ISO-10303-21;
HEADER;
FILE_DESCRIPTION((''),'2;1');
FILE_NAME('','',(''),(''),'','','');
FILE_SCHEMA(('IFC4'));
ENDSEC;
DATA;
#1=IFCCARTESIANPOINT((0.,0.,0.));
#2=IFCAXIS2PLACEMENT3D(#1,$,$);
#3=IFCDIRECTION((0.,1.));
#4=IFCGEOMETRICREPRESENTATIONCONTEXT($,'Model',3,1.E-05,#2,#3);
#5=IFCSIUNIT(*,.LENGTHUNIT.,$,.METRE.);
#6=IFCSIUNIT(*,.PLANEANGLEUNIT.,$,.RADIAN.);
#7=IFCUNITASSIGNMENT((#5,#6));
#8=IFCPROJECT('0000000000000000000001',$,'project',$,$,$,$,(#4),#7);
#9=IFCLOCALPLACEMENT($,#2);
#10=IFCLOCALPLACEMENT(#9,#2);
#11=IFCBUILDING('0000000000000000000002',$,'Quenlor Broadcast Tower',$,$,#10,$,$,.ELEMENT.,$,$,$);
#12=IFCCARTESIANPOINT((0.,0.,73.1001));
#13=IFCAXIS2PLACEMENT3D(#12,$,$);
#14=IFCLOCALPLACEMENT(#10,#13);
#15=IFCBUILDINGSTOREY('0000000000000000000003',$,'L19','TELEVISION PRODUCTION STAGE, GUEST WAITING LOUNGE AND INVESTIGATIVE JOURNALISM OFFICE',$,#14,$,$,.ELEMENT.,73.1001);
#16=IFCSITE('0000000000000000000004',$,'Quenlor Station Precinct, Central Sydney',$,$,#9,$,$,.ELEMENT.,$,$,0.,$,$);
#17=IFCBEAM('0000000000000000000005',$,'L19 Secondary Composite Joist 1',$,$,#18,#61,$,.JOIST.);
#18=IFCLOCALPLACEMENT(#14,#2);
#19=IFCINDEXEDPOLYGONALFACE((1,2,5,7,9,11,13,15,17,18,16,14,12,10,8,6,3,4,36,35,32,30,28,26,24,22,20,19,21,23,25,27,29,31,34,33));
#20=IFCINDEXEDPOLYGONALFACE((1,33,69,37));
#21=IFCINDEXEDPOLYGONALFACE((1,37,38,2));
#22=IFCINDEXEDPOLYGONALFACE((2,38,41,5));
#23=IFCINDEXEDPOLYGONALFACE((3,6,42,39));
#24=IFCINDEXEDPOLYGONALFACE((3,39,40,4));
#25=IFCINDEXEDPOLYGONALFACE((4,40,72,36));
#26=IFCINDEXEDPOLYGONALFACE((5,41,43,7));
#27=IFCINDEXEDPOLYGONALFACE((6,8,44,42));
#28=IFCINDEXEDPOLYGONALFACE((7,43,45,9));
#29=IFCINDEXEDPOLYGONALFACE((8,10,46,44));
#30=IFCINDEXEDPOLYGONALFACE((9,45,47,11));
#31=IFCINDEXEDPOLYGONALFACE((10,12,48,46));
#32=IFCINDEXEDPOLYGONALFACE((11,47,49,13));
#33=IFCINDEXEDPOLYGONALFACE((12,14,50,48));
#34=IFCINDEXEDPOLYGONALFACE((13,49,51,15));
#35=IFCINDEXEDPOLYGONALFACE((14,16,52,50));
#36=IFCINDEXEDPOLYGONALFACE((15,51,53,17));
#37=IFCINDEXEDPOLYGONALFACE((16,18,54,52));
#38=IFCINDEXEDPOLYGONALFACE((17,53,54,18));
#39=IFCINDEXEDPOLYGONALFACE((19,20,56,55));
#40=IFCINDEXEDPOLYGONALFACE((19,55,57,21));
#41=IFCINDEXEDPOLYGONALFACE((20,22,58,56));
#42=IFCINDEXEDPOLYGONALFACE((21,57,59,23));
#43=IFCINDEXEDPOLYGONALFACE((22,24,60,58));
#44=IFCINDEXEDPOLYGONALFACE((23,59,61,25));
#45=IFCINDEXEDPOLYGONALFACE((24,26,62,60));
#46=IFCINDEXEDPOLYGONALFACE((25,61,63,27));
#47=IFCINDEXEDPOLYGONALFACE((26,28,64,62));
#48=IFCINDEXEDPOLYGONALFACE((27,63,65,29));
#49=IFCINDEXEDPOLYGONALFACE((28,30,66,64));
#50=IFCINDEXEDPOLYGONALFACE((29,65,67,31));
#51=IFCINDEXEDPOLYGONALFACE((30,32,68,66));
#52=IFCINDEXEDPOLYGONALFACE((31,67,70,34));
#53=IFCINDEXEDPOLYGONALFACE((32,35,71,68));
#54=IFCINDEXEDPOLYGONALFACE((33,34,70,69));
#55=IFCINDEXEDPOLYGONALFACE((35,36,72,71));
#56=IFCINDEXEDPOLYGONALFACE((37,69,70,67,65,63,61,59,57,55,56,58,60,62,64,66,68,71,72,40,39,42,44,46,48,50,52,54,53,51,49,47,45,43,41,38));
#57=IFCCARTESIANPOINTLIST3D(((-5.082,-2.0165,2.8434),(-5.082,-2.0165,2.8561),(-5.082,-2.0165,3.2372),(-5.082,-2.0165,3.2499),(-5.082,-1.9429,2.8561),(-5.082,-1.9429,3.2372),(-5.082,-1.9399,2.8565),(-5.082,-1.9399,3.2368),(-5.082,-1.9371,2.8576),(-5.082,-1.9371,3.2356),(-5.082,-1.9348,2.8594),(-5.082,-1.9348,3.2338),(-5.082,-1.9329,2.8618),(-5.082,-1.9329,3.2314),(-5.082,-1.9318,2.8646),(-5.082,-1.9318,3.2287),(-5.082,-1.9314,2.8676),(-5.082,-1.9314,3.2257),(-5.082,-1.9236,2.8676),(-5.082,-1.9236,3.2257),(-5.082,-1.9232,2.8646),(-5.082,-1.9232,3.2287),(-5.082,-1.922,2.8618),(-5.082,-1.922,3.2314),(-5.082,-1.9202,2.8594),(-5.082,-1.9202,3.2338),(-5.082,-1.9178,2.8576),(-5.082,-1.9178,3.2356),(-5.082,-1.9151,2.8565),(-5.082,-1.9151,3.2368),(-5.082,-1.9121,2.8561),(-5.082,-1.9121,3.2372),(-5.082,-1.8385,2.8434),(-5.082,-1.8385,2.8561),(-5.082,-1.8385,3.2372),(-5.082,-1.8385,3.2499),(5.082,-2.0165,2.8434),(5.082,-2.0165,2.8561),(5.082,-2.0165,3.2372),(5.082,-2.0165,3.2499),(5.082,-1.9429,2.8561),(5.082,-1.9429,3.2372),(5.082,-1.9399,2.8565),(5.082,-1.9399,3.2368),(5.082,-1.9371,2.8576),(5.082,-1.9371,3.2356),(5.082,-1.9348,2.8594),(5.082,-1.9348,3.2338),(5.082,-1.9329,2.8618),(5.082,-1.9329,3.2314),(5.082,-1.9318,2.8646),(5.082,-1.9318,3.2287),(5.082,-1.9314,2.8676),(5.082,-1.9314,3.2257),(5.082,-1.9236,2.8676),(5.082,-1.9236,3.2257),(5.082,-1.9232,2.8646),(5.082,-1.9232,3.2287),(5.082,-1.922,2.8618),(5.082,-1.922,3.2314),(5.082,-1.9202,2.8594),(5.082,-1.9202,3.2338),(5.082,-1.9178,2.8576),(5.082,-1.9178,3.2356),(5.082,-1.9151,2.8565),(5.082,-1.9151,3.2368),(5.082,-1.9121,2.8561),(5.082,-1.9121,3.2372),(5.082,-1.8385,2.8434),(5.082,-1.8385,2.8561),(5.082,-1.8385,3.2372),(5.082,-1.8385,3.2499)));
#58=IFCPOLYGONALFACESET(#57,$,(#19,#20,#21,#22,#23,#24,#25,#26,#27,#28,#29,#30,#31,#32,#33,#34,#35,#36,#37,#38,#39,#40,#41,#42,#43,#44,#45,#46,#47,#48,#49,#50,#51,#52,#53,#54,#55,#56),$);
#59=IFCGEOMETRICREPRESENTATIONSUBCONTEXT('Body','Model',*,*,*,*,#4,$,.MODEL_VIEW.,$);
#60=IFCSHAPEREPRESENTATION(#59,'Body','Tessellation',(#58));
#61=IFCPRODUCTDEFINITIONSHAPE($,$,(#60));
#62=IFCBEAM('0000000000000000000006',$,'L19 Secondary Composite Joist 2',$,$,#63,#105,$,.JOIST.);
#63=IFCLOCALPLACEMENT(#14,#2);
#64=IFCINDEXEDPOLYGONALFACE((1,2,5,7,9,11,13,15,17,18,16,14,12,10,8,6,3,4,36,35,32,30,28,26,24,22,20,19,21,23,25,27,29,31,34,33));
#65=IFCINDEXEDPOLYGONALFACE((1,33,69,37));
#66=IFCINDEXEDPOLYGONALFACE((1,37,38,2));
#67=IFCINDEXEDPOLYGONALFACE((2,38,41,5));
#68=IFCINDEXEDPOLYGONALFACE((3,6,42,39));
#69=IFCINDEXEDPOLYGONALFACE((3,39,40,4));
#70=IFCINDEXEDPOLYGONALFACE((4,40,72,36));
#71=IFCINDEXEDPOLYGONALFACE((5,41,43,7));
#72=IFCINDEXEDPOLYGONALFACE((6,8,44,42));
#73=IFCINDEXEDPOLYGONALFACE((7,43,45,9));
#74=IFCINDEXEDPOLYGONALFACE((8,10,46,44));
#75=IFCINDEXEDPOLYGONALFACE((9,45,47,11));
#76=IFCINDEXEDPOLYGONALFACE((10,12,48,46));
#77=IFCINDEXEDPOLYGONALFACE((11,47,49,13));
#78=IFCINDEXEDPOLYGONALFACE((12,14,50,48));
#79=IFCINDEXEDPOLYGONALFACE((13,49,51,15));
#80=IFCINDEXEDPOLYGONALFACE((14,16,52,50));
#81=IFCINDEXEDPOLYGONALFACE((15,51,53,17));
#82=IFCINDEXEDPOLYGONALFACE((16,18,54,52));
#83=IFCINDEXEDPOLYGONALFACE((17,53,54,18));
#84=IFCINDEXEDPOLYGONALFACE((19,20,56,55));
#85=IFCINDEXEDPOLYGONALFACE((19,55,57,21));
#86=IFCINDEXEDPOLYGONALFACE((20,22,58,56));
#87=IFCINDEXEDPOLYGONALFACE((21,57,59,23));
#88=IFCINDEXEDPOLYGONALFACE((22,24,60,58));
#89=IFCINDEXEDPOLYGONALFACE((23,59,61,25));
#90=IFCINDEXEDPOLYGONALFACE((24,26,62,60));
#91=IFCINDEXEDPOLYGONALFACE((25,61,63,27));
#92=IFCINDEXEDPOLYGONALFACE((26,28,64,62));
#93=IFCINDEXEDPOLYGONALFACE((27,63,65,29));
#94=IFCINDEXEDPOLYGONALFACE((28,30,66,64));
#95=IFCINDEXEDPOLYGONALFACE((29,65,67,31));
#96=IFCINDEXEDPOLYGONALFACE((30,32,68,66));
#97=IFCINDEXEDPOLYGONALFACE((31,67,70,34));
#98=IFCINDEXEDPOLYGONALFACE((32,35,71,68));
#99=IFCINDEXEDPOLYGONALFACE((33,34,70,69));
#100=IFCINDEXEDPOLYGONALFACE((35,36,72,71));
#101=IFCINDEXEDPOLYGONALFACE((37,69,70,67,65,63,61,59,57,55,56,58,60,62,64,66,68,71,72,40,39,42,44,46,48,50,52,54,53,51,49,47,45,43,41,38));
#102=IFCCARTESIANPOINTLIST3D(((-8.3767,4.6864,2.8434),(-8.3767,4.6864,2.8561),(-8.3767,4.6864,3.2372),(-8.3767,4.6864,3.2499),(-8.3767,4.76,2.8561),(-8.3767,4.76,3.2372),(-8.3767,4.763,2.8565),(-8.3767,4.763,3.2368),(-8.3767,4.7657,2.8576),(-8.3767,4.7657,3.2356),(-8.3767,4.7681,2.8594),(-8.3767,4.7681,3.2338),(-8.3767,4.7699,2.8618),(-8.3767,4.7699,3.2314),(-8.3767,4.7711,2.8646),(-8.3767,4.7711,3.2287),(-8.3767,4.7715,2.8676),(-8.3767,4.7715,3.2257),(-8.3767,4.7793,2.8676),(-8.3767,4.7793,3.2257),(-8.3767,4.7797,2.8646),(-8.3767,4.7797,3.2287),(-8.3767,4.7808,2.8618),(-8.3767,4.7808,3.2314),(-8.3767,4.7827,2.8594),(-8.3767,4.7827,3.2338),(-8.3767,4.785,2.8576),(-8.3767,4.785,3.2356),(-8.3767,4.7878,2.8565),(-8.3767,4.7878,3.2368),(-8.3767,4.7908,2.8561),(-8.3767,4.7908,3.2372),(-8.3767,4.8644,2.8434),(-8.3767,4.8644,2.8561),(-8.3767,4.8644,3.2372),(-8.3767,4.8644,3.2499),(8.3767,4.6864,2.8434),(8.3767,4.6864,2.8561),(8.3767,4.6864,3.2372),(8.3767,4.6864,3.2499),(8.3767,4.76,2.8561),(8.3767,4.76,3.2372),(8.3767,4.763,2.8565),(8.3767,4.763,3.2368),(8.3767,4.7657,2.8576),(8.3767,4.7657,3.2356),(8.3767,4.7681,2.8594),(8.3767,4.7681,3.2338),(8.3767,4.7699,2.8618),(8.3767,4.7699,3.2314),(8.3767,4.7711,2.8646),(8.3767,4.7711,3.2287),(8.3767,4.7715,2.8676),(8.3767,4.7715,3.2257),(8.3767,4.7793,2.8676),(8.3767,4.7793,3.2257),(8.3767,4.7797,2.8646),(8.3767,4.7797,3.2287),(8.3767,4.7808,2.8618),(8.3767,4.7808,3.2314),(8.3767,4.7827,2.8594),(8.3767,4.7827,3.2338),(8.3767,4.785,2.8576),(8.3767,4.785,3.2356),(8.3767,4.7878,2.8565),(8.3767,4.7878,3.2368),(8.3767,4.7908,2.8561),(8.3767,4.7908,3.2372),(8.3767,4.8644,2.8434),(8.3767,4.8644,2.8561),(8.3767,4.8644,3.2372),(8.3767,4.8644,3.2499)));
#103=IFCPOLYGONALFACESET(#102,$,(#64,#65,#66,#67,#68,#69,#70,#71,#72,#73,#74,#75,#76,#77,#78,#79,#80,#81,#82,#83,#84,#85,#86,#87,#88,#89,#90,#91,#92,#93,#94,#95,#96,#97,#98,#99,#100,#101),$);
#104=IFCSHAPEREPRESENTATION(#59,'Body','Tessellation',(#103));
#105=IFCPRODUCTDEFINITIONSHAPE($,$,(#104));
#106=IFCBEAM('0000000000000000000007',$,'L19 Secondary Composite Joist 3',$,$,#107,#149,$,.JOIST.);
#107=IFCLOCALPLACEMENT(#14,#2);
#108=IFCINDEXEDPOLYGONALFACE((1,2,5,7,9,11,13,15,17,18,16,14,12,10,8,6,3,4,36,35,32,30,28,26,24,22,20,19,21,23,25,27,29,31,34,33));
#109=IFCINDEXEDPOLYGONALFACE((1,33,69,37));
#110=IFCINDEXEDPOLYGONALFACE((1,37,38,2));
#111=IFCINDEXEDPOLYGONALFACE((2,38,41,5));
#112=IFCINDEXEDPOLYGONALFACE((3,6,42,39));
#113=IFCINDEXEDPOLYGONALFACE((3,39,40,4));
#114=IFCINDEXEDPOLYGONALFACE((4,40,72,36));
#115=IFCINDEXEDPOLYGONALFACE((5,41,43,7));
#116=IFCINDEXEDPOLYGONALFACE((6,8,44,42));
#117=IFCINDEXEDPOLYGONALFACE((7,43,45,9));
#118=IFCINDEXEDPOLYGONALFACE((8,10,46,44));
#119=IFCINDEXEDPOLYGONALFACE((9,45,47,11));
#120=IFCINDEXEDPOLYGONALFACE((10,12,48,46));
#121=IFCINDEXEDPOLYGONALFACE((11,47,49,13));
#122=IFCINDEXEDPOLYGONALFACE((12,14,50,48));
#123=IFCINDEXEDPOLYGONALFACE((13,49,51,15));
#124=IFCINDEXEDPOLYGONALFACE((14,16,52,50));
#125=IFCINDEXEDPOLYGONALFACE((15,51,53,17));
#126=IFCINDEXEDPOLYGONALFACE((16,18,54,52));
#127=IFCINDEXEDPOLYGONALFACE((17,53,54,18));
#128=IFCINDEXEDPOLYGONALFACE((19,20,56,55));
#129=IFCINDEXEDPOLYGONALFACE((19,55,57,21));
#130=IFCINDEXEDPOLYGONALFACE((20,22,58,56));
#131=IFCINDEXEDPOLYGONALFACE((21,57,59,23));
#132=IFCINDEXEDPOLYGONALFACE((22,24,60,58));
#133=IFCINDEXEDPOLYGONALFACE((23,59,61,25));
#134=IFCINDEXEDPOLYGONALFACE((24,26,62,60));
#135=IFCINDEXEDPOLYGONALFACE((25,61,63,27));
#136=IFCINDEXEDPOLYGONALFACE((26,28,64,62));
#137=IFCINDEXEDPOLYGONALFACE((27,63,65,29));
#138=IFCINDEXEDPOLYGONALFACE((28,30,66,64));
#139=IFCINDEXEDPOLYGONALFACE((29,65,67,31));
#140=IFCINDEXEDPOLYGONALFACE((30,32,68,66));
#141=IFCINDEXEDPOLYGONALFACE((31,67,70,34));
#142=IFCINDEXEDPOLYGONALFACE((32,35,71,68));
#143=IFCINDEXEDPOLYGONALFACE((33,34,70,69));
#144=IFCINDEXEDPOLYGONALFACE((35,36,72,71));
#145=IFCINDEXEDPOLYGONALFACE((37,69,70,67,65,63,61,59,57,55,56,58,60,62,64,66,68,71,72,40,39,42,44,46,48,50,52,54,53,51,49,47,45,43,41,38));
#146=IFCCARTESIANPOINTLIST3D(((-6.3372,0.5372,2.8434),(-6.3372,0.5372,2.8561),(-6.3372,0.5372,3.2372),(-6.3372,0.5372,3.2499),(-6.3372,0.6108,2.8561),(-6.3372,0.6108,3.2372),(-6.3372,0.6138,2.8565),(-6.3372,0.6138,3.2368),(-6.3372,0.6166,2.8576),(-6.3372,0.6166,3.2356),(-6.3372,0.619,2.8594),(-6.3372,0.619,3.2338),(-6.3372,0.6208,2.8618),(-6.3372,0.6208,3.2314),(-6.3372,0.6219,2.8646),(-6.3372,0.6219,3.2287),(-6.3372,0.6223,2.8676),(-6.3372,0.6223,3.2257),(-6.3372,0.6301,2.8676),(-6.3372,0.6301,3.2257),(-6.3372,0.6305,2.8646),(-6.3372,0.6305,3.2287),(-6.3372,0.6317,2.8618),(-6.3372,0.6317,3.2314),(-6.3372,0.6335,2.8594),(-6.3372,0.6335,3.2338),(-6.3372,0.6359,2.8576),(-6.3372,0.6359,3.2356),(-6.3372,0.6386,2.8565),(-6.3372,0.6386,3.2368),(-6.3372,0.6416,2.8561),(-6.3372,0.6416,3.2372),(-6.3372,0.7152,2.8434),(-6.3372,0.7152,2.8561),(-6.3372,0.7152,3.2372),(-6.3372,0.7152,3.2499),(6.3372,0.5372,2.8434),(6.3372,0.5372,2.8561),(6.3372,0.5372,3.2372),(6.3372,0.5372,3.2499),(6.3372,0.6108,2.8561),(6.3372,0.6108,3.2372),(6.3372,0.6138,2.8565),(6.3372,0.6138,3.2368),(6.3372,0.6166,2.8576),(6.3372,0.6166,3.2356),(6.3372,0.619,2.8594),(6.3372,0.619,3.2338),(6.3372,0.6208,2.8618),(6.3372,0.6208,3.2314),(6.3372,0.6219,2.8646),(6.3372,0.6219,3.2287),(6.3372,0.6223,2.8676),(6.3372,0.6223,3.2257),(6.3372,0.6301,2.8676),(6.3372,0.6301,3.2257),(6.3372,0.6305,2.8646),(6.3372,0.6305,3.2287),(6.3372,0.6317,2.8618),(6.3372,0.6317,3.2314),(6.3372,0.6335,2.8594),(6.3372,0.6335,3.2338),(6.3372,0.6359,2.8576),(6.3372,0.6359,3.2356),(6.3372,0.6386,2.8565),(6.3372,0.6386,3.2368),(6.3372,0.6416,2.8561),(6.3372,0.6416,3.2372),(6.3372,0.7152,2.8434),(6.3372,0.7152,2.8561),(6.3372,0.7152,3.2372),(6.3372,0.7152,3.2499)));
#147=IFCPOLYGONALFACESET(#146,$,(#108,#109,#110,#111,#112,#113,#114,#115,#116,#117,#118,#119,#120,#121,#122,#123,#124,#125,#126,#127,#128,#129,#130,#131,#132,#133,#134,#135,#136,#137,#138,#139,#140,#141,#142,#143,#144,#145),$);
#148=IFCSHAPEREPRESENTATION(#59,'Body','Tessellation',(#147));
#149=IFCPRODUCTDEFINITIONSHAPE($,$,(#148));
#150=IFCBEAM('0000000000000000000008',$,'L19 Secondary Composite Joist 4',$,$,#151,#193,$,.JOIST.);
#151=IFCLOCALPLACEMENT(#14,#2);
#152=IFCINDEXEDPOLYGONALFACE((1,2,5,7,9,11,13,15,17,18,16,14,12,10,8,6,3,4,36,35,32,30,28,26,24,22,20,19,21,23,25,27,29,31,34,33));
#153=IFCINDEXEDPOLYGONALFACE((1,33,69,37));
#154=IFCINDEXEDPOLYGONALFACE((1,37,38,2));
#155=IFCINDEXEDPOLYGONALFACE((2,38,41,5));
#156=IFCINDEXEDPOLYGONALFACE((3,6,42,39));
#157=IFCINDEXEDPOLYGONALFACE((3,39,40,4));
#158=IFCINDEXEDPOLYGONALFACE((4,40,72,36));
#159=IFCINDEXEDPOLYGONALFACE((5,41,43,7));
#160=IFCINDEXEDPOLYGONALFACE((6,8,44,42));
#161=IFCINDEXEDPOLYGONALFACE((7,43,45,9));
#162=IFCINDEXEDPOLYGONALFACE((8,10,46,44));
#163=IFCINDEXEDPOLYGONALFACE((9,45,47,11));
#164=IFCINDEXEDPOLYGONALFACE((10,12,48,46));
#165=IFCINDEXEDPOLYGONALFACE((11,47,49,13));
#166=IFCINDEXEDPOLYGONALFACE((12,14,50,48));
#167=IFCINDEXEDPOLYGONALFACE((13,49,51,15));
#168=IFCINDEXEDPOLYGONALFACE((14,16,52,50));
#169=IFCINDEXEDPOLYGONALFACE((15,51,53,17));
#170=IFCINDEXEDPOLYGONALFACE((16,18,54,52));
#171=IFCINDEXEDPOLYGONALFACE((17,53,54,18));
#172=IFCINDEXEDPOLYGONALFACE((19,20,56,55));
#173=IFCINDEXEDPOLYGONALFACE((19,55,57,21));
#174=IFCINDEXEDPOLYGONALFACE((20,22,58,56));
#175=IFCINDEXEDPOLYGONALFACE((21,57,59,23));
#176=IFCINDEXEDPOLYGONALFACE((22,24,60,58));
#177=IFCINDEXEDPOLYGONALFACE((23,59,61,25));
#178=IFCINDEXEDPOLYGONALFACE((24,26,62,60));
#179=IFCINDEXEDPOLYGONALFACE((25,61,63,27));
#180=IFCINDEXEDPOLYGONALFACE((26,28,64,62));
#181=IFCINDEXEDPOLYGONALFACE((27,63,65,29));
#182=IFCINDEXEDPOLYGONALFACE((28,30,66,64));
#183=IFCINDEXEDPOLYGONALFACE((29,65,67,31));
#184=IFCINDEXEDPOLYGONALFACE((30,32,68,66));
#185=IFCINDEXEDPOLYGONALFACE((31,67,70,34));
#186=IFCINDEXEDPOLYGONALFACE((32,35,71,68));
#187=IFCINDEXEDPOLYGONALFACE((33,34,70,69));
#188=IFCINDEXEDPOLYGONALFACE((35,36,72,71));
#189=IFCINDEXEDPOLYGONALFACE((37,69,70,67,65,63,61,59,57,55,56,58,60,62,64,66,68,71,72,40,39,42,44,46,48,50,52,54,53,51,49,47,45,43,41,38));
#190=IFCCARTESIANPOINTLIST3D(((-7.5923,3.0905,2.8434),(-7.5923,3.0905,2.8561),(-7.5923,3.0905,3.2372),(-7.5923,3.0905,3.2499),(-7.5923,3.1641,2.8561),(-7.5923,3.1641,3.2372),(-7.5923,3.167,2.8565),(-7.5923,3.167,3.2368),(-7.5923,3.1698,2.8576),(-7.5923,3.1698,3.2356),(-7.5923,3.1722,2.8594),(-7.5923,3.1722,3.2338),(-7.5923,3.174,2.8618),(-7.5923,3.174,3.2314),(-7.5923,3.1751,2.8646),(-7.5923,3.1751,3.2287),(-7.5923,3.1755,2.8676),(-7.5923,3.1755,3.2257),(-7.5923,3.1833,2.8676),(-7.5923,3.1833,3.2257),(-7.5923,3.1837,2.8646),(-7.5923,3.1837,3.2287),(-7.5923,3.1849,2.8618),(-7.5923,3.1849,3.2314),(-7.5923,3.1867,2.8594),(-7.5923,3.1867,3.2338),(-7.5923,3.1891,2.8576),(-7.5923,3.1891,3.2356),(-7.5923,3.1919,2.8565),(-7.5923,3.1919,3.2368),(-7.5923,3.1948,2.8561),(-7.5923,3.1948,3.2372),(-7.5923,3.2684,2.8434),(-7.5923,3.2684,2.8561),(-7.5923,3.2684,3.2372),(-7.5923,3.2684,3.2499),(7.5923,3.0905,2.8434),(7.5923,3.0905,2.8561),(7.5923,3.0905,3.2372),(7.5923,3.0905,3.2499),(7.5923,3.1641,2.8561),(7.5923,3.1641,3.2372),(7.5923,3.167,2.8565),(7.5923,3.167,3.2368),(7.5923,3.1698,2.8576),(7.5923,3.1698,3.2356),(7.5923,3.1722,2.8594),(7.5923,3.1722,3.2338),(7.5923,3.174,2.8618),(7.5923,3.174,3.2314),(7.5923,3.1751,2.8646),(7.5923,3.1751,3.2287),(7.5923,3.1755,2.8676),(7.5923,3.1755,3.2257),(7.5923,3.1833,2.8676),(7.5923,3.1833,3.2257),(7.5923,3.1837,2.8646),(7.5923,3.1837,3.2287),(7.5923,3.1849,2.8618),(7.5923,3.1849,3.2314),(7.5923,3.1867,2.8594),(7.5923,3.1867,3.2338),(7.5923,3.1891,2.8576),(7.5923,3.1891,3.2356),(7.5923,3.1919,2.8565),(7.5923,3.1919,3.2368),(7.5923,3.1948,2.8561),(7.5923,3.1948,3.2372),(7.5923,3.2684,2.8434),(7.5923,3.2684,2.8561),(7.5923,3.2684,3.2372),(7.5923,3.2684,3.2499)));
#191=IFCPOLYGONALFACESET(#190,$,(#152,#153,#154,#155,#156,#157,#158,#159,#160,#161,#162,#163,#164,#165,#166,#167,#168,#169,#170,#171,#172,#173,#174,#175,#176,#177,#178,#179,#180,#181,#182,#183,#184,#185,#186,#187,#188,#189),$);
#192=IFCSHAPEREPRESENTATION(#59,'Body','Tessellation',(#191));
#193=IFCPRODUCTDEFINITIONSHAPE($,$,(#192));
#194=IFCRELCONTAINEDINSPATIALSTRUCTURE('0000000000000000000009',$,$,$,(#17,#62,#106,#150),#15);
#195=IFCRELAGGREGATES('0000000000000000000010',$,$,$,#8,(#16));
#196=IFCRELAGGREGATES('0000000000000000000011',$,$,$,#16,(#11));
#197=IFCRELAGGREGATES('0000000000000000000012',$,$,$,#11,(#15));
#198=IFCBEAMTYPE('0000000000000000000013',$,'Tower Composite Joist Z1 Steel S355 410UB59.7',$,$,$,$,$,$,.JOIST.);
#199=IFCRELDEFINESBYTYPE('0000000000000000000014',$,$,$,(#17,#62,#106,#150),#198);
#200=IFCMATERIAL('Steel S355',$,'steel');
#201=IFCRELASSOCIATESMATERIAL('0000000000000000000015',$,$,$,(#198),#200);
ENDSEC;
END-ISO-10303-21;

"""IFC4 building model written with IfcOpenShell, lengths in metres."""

from ifc_helpers import new_model, si_unit, direction, frame, origin, origin_2d, place, context, subcontext, project, spatial, i_section, extrude, material, material_profile, profile_set, type_object, element, save


model = new_model("IFC4")

# Units and contexts
model_context = context("Model", 3, precision=1e-05, world=origin(), true_north=direction((0.0, 1.0)))
body_context = subcontext(model_context, "Body", "Model", "MODEL_VIEW")
ifc_project = project(units=[si_unit("LENGTHUNIT", "METRE"), si_unit("PLANEANGLEUNIT", "RADIAN")], contexts=[model_context])

# Site, building, storey
site_placement = place(None, origin())
site = spatial("IfcSite", under=ifc_project, at=site_placement, Name="Quenlor Station Precinct, Central Sydney", CompositionType="ELEMENT", RefElevation=0.0)
building_placement = place(site_placement, origin())
building = spatial("IfcBuilding", under=site, at=building_placement, Name="Quenlor Broadcast Tower", CompositionType="ELEMENT")
storey_placement = place(building_placement, frame((0.0, 0.0, 73.1001)))
storey = spatial("IfcBuildingStorey", under=building, at=storey_placement, Name="L19", Description="TELEVISION PRODUCTION STAGE, GUEST WAITING LOUNGE AND INVESTIGATIVE JOURNALISM OFFICE", CompositionType="ELEMENT", Elevation=73.1001)

# Beams
ifc_material_1 = material(Name="Steel S355", Category="steel")
ifc_material_profile = material_profile(ifc_material_1, i_section(OverallWidth=0.178, OverallDepth=0.4065, WebThickness=0.0078, FlangeThickness=0.0127, FilletRadius=0.0115, at=origin_2d()))
ifc_profile_set = profile_set([ifc_material_profile], Name="Steel S355 410UB59.7")
beam_type = type_object("IfcBeamType", Name="Tower Composite Joist Z1 Steel S355 410UB59.7", PredefinedType="JOIST", material=ifc_profile_set)
beam_1_placement = place(storey_placement, frame((-5.082, -1.9275, 3.0466), z_axis=(1.0, 0.0, 0.0), x_axis=(0.0, 1.0, 0.0)))
element("IfcBeam", 1, at=beam_1_placement, inside=storey, type_object=beam_type, Name="L19 Secondary Composite Joist 1", PredefinedType="JOIST", context=body_context, shape_type="SweptSolid", body=[
    extrude(i_section(OverallWidth=0.178, OverallDepth=0.4065, WebThickness=0.0078, FlangeThickness=0.0127, FilletRadius=0.0115, at=origin_2d()), origin(), (0.0, 0.0, 1.0), 10.1641),
])
beam_2_placement = place(storey_placement, frame((-8.3767, 4.7754, 3.0466), z_axis=(1.0, 0.0, 0.0), x_axis=(0.0, 1.0, 0.0)))
element("IfcBeam", 2, at=beam_2_placement, inside=storey, type_object=beam_type, Name="L19 Secondary Composite Joist 2", PredefinedType="JOIST", context=body_context, shape_type="SweptSolid", body=[
    extrude(i_section(OverallWidth=0.178, OverallDepth=0.4065, WebThickness=0.0078, FlangeThickness=0.0127, FilletRadius=0.0115, at=origin_2d()), origin(), (0.0, 0.0, 1.0), 16.7534),
])
beam_3_placement = place(storey_placement, frame((-6.3372, 0.6262, 3.0466), z_axis=(1.0, 0.0, 0.0), x_axis=(0.0, 1.0, 0.0)))
element("IfcBeam", 3, at=beam_3_placement, inside=storey, type_object=beam_type, Name="L19 Secondary Composite Joist 3", PredefinedType="JOIST", context=body_context, shape_type="SweptSolid", body=[
    extrude(i_section(OverallWidth=0.178, OverallDepth=0.4065, WebThickness=0.0078, FlangeThickness=0.0127, FilletRadius=0.0115, at=origin_2d()), origin(), (0.0, 0.0, 1.0), 12.6743),
])
beam_4_placement = place(storey_placement, frame((-7.5923, 3.1794, 3.0466), z_axis=(1.0, 0.0, 0.0), x_axis=(0.0, 1.0, 0.0)))
element("IfcBeam", 4, at=beam_4_placement, inside=storey, type_object=beam_type, Name="L19 Secondary Composite Joist 4", PredefinedType="JOIST", context=body_context, shape_type="SweptSolid", body=[
    extrude(i_section(OverallWidth=0.178, OverallDepth=0.4065, WebThickness=0.0078, FlangeThickness=0.0127, FilletRadius=0.0115, at=origin_2d()), origin(), (0.0, 0.0, 1.0), 15.1846),
])

save(model, "model.ifc")
